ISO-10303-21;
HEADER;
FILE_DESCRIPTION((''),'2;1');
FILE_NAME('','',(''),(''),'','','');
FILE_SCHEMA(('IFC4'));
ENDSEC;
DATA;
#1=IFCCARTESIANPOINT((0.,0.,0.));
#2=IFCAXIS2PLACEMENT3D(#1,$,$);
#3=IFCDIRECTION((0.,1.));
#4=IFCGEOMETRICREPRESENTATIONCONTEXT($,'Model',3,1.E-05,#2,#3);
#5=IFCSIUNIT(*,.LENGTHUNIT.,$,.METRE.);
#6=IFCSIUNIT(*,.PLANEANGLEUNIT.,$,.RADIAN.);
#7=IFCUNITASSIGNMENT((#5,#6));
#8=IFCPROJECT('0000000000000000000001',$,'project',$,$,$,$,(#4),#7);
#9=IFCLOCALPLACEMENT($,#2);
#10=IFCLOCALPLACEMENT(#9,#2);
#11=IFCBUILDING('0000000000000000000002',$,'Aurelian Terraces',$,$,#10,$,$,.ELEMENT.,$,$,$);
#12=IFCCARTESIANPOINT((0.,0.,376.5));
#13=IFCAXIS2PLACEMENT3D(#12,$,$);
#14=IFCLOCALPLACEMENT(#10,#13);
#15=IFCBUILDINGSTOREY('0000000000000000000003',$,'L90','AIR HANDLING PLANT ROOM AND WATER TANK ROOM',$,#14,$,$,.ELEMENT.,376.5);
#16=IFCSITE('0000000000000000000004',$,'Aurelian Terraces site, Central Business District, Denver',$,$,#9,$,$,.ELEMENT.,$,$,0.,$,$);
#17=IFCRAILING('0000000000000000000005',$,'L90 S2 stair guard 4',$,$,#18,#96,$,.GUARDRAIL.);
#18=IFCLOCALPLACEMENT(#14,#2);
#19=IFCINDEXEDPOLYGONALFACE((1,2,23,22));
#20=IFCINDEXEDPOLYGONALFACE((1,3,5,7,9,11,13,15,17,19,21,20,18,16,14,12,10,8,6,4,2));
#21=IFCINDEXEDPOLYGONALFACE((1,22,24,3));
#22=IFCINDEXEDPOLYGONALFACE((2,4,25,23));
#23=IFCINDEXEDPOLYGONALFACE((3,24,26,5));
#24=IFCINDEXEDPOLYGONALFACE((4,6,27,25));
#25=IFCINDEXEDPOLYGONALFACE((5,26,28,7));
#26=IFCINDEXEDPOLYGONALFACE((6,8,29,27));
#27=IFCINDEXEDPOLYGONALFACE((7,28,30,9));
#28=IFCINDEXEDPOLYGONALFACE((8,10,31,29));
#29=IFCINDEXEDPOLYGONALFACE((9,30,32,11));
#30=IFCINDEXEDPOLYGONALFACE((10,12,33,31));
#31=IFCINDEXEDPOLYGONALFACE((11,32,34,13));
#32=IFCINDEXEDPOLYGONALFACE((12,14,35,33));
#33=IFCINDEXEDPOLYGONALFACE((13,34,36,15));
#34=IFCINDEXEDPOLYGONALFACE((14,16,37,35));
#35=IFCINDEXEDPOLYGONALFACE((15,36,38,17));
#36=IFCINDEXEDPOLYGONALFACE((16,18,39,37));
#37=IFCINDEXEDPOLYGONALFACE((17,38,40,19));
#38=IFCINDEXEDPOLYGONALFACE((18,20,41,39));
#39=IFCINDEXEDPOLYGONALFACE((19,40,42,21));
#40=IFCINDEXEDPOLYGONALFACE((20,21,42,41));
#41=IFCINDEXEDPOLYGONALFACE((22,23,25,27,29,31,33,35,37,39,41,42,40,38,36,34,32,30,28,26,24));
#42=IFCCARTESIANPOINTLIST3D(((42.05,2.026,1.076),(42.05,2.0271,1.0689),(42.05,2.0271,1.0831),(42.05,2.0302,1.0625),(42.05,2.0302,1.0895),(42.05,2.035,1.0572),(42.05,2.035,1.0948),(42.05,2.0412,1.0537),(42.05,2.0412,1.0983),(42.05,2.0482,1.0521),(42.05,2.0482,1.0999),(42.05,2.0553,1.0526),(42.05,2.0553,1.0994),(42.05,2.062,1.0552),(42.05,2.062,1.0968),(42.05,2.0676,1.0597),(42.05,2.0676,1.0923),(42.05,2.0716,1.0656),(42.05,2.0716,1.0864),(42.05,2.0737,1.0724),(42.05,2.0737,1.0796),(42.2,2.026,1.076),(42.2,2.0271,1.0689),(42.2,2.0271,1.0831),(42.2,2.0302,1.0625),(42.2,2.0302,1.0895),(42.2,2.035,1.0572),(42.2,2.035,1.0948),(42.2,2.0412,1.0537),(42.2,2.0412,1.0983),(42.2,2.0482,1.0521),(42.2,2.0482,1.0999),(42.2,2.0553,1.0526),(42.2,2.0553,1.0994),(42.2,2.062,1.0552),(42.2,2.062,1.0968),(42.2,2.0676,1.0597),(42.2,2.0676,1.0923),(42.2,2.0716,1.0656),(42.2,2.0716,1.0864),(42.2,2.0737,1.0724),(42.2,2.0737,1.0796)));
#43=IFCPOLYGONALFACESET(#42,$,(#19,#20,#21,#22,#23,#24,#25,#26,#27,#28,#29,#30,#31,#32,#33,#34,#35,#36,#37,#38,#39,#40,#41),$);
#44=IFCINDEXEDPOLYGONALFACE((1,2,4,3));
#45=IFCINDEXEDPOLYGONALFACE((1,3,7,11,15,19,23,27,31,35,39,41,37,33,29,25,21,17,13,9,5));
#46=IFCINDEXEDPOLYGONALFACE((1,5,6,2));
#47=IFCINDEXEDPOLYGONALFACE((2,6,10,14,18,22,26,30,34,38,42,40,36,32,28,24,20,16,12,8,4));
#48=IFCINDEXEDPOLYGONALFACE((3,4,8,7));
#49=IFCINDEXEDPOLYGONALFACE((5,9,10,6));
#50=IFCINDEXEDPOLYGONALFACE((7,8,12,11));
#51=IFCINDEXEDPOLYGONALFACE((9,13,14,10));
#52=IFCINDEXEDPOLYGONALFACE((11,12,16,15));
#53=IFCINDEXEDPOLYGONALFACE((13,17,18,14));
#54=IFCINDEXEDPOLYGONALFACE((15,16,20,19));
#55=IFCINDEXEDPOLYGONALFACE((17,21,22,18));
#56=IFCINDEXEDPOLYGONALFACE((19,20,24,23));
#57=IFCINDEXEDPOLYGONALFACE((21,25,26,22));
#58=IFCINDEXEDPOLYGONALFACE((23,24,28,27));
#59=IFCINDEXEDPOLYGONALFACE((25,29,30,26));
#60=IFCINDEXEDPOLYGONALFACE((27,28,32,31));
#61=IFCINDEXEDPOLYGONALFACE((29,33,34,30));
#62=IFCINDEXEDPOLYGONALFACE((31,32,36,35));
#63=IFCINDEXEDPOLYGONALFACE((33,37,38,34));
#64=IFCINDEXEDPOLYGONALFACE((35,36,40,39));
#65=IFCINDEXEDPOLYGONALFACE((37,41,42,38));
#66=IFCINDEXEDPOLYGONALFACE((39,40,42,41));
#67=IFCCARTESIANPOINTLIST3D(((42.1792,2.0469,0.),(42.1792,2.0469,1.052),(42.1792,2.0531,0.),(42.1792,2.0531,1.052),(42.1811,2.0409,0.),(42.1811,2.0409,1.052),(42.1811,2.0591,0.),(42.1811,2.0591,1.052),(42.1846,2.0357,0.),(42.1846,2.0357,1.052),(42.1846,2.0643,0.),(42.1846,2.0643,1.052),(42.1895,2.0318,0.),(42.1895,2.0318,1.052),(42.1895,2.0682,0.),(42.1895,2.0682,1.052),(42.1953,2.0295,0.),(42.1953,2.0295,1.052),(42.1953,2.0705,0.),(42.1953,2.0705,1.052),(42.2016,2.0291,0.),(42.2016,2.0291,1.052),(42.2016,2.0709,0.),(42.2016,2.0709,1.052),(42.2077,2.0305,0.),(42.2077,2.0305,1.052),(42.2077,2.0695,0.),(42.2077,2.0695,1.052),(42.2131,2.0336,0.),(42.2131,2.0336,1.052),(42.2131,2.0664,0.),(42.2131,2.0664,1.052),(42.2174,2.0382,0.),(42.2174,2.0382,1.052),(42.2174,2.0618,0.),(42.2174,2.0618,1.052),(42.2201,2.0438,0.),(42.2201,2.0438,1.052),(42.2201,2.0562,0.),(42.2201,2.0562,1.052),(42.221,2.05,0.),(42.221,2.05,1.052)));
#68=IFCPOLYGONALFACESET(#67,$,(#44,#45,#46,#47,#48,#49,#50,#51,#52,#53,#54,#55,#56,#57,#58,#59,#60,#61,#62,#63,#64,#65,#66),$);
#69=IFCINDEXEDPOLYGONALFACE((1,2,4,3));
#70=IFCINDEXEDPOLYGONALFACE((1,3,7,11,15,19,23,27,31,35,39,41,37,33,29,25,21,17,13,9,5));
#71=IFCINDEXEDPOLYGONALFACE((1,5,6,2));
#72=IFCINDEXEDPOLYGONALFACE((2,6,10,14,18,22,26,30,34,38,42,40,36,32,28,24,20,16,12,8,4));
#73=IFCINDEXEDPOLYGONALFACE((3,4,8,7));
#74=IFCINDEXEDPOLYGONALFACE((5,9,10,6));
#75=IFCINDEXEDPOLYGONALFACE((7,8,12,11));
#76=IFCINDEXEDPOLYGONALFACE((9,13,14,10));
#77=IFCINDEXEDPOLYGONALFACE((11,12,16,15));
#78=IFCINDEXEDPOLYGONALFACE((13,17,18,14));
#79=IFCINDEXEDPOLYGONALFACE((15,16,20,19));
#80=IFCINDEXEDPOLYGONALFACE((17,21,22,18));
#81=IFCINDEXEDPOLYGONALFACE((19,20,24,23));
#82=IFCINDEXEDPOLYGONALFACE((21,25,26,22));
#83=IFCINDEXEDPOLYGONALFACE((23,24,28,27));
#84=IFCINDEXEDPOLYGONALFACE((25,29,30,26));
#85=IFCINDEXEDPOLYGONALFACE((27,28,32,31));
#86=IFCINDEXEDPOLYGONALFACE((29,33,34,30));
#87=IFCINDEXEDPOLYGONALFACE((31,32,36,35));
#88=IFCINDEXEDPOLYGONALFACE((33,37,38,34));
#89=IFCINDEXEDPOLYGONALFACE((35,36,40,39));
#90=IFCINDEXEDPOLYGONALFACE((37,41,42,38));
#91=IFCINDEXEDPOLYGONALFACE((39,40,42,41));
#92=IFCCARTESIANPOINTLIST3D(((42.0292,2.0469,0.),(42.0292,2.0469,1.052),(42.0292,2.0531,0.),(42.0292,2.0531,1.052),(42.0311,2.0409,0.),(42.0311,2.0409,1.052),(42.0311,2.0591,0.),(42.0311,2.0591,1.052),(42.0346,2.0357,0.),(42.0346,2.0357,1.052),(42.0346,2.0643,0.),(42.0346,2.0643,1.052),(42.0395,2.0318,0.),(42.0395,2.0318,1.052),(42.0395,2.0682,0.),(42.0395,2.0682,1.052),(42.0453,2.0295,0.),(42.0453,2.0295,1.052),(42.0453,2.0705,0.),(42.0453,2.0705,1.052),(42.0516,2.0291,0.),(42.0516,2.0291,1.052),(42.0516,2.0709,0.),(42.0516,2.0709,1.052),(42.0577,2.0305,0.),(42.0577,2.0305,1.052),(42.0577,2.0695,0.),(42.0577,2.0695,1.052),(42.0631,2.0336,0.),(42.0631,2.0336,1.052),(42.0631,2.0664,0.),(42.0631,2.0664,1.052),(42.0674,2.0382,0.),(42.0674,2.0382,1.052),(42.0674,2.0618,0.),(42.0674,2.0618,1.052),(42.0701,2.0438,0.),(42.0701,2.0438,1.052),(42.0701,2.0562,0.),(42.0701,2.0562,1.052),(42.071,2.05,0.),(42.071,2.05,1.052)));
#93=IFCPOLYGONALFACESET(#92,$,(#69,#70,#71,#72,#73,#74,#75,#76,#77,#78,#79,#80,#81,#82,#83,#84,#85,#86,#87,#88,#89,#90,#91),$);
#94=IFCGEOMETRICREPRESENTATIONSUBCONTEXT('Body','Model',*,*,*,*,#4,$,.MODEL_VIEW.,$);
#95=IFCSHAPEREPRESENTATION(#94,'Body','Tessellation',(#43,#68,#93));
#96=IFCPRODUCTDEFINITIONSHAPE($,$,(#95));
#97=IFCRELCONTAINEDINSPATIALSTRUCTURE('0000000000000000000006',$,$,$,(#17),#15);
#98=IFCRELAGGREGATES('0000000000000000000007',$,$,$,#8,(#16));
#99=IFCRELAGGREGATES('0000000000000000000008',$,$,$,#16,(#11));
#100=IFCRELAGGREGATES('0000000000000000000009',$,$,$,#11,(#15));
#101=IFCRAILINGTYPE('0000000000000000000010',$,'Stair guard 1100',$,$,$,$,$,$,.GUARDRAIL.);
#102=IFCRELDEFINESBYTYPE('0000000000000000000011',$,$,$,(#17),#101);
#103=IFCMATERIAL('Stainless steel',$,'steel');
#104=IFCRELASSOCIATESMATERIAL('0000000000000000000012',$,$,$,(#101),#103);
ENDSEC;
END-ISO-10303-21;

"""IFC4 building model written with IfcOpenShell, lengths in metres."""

from ifc_helpers import new_model, si_unit, direction, frame, origin, origin_2d, place, context, subcontext, project, spatial, circle, extrude, source, transform, mapped, material, type_object, element, save


model = new_model("IFC4")

# Units and contexts
model_context = context("Model", 3, precision=1e-05, world=origin(), true_north=direction((0.0, 1.0)))
body_context = subcontext(model_context, "Body", "Model", "MODEL_VIEW")
ifc_project = project(units=[si_unit("LENGTHUNIT", "METRE"), si_unit("PLANEANGLEUNIT", "RADIAN")], contexts=[model_context])

# Site, building, storey
site_placement = place(None, origin())
site = spatial("IfcSite", under=ifc_project, at=site_placement, Name="Aurelian Terraces site, Central Business District, Denver", CompositionType="ELEMENT", RefElevation=0.0)
building_placement = place(site_placement, origin())
building = spatial("IfcBuilding", under=site, at=building_placement, Name="Aurelian Terraces", CompositionType="ELEMENT")
storey_placement = place(building_placement, frame((0.0, 0.0, 376.5)))
storey = spatial("IfcBuildingStorey", under=building, at=storey_placement, Name="L90", Description="AIR HANDLING PLANT ROOM AND WATER TANK ROOM", CompositionType="ELEMENT", Elevation=376.5)

# Shared definitions
ifc_material_1 = material(Name="Stainless steel", Category="steel")

# Railing
railing_type_1 = type_object("IfcRailingType", Name="Stair guard 1100", PredefinedType="GUARDRAIL", material=ifc_material_1)
shared_shape_1 = source(origin(), body_context, "Body", "SweptSolid", [
    extrude(circle(Radius=0.024, at=origin_2d()), frame((0.0, 0.0, 1.076), z_axis=(-1.0, 0.0, 0.0), x_axis=(0.0, -1.0, 0.0)), (0.0, 0.0, 1.0), 0.15),
    extrude(circle(Radius=0.021, at=origin_2d()), origin(), (0.0, 0.0, 1.0), 1.052),
    extrude(circle(Radius=0.021, at=origin_2d()), frame((-0.15, 0.0, 0.0)), (0.0, 0.0, 1.0), 1.052),
])
for number, where, name in (
    (1, (42.2, 2.05, 0.0), "L90 S2 stair guard 4"),
):
    element("IfcRailing", number, at=place(storey_placement, frame(where)), inside=storey, type_object=railing_type_1, Name=name, PredefinedType="GUARDRAIL", context=body_context, shape_type="MappedRepresentation", body=[
        mapped(shared_shape_1, transform((0.0, 0.0, 0.0), scale=1.0)),
    ])

save(model, "model.ifc")
